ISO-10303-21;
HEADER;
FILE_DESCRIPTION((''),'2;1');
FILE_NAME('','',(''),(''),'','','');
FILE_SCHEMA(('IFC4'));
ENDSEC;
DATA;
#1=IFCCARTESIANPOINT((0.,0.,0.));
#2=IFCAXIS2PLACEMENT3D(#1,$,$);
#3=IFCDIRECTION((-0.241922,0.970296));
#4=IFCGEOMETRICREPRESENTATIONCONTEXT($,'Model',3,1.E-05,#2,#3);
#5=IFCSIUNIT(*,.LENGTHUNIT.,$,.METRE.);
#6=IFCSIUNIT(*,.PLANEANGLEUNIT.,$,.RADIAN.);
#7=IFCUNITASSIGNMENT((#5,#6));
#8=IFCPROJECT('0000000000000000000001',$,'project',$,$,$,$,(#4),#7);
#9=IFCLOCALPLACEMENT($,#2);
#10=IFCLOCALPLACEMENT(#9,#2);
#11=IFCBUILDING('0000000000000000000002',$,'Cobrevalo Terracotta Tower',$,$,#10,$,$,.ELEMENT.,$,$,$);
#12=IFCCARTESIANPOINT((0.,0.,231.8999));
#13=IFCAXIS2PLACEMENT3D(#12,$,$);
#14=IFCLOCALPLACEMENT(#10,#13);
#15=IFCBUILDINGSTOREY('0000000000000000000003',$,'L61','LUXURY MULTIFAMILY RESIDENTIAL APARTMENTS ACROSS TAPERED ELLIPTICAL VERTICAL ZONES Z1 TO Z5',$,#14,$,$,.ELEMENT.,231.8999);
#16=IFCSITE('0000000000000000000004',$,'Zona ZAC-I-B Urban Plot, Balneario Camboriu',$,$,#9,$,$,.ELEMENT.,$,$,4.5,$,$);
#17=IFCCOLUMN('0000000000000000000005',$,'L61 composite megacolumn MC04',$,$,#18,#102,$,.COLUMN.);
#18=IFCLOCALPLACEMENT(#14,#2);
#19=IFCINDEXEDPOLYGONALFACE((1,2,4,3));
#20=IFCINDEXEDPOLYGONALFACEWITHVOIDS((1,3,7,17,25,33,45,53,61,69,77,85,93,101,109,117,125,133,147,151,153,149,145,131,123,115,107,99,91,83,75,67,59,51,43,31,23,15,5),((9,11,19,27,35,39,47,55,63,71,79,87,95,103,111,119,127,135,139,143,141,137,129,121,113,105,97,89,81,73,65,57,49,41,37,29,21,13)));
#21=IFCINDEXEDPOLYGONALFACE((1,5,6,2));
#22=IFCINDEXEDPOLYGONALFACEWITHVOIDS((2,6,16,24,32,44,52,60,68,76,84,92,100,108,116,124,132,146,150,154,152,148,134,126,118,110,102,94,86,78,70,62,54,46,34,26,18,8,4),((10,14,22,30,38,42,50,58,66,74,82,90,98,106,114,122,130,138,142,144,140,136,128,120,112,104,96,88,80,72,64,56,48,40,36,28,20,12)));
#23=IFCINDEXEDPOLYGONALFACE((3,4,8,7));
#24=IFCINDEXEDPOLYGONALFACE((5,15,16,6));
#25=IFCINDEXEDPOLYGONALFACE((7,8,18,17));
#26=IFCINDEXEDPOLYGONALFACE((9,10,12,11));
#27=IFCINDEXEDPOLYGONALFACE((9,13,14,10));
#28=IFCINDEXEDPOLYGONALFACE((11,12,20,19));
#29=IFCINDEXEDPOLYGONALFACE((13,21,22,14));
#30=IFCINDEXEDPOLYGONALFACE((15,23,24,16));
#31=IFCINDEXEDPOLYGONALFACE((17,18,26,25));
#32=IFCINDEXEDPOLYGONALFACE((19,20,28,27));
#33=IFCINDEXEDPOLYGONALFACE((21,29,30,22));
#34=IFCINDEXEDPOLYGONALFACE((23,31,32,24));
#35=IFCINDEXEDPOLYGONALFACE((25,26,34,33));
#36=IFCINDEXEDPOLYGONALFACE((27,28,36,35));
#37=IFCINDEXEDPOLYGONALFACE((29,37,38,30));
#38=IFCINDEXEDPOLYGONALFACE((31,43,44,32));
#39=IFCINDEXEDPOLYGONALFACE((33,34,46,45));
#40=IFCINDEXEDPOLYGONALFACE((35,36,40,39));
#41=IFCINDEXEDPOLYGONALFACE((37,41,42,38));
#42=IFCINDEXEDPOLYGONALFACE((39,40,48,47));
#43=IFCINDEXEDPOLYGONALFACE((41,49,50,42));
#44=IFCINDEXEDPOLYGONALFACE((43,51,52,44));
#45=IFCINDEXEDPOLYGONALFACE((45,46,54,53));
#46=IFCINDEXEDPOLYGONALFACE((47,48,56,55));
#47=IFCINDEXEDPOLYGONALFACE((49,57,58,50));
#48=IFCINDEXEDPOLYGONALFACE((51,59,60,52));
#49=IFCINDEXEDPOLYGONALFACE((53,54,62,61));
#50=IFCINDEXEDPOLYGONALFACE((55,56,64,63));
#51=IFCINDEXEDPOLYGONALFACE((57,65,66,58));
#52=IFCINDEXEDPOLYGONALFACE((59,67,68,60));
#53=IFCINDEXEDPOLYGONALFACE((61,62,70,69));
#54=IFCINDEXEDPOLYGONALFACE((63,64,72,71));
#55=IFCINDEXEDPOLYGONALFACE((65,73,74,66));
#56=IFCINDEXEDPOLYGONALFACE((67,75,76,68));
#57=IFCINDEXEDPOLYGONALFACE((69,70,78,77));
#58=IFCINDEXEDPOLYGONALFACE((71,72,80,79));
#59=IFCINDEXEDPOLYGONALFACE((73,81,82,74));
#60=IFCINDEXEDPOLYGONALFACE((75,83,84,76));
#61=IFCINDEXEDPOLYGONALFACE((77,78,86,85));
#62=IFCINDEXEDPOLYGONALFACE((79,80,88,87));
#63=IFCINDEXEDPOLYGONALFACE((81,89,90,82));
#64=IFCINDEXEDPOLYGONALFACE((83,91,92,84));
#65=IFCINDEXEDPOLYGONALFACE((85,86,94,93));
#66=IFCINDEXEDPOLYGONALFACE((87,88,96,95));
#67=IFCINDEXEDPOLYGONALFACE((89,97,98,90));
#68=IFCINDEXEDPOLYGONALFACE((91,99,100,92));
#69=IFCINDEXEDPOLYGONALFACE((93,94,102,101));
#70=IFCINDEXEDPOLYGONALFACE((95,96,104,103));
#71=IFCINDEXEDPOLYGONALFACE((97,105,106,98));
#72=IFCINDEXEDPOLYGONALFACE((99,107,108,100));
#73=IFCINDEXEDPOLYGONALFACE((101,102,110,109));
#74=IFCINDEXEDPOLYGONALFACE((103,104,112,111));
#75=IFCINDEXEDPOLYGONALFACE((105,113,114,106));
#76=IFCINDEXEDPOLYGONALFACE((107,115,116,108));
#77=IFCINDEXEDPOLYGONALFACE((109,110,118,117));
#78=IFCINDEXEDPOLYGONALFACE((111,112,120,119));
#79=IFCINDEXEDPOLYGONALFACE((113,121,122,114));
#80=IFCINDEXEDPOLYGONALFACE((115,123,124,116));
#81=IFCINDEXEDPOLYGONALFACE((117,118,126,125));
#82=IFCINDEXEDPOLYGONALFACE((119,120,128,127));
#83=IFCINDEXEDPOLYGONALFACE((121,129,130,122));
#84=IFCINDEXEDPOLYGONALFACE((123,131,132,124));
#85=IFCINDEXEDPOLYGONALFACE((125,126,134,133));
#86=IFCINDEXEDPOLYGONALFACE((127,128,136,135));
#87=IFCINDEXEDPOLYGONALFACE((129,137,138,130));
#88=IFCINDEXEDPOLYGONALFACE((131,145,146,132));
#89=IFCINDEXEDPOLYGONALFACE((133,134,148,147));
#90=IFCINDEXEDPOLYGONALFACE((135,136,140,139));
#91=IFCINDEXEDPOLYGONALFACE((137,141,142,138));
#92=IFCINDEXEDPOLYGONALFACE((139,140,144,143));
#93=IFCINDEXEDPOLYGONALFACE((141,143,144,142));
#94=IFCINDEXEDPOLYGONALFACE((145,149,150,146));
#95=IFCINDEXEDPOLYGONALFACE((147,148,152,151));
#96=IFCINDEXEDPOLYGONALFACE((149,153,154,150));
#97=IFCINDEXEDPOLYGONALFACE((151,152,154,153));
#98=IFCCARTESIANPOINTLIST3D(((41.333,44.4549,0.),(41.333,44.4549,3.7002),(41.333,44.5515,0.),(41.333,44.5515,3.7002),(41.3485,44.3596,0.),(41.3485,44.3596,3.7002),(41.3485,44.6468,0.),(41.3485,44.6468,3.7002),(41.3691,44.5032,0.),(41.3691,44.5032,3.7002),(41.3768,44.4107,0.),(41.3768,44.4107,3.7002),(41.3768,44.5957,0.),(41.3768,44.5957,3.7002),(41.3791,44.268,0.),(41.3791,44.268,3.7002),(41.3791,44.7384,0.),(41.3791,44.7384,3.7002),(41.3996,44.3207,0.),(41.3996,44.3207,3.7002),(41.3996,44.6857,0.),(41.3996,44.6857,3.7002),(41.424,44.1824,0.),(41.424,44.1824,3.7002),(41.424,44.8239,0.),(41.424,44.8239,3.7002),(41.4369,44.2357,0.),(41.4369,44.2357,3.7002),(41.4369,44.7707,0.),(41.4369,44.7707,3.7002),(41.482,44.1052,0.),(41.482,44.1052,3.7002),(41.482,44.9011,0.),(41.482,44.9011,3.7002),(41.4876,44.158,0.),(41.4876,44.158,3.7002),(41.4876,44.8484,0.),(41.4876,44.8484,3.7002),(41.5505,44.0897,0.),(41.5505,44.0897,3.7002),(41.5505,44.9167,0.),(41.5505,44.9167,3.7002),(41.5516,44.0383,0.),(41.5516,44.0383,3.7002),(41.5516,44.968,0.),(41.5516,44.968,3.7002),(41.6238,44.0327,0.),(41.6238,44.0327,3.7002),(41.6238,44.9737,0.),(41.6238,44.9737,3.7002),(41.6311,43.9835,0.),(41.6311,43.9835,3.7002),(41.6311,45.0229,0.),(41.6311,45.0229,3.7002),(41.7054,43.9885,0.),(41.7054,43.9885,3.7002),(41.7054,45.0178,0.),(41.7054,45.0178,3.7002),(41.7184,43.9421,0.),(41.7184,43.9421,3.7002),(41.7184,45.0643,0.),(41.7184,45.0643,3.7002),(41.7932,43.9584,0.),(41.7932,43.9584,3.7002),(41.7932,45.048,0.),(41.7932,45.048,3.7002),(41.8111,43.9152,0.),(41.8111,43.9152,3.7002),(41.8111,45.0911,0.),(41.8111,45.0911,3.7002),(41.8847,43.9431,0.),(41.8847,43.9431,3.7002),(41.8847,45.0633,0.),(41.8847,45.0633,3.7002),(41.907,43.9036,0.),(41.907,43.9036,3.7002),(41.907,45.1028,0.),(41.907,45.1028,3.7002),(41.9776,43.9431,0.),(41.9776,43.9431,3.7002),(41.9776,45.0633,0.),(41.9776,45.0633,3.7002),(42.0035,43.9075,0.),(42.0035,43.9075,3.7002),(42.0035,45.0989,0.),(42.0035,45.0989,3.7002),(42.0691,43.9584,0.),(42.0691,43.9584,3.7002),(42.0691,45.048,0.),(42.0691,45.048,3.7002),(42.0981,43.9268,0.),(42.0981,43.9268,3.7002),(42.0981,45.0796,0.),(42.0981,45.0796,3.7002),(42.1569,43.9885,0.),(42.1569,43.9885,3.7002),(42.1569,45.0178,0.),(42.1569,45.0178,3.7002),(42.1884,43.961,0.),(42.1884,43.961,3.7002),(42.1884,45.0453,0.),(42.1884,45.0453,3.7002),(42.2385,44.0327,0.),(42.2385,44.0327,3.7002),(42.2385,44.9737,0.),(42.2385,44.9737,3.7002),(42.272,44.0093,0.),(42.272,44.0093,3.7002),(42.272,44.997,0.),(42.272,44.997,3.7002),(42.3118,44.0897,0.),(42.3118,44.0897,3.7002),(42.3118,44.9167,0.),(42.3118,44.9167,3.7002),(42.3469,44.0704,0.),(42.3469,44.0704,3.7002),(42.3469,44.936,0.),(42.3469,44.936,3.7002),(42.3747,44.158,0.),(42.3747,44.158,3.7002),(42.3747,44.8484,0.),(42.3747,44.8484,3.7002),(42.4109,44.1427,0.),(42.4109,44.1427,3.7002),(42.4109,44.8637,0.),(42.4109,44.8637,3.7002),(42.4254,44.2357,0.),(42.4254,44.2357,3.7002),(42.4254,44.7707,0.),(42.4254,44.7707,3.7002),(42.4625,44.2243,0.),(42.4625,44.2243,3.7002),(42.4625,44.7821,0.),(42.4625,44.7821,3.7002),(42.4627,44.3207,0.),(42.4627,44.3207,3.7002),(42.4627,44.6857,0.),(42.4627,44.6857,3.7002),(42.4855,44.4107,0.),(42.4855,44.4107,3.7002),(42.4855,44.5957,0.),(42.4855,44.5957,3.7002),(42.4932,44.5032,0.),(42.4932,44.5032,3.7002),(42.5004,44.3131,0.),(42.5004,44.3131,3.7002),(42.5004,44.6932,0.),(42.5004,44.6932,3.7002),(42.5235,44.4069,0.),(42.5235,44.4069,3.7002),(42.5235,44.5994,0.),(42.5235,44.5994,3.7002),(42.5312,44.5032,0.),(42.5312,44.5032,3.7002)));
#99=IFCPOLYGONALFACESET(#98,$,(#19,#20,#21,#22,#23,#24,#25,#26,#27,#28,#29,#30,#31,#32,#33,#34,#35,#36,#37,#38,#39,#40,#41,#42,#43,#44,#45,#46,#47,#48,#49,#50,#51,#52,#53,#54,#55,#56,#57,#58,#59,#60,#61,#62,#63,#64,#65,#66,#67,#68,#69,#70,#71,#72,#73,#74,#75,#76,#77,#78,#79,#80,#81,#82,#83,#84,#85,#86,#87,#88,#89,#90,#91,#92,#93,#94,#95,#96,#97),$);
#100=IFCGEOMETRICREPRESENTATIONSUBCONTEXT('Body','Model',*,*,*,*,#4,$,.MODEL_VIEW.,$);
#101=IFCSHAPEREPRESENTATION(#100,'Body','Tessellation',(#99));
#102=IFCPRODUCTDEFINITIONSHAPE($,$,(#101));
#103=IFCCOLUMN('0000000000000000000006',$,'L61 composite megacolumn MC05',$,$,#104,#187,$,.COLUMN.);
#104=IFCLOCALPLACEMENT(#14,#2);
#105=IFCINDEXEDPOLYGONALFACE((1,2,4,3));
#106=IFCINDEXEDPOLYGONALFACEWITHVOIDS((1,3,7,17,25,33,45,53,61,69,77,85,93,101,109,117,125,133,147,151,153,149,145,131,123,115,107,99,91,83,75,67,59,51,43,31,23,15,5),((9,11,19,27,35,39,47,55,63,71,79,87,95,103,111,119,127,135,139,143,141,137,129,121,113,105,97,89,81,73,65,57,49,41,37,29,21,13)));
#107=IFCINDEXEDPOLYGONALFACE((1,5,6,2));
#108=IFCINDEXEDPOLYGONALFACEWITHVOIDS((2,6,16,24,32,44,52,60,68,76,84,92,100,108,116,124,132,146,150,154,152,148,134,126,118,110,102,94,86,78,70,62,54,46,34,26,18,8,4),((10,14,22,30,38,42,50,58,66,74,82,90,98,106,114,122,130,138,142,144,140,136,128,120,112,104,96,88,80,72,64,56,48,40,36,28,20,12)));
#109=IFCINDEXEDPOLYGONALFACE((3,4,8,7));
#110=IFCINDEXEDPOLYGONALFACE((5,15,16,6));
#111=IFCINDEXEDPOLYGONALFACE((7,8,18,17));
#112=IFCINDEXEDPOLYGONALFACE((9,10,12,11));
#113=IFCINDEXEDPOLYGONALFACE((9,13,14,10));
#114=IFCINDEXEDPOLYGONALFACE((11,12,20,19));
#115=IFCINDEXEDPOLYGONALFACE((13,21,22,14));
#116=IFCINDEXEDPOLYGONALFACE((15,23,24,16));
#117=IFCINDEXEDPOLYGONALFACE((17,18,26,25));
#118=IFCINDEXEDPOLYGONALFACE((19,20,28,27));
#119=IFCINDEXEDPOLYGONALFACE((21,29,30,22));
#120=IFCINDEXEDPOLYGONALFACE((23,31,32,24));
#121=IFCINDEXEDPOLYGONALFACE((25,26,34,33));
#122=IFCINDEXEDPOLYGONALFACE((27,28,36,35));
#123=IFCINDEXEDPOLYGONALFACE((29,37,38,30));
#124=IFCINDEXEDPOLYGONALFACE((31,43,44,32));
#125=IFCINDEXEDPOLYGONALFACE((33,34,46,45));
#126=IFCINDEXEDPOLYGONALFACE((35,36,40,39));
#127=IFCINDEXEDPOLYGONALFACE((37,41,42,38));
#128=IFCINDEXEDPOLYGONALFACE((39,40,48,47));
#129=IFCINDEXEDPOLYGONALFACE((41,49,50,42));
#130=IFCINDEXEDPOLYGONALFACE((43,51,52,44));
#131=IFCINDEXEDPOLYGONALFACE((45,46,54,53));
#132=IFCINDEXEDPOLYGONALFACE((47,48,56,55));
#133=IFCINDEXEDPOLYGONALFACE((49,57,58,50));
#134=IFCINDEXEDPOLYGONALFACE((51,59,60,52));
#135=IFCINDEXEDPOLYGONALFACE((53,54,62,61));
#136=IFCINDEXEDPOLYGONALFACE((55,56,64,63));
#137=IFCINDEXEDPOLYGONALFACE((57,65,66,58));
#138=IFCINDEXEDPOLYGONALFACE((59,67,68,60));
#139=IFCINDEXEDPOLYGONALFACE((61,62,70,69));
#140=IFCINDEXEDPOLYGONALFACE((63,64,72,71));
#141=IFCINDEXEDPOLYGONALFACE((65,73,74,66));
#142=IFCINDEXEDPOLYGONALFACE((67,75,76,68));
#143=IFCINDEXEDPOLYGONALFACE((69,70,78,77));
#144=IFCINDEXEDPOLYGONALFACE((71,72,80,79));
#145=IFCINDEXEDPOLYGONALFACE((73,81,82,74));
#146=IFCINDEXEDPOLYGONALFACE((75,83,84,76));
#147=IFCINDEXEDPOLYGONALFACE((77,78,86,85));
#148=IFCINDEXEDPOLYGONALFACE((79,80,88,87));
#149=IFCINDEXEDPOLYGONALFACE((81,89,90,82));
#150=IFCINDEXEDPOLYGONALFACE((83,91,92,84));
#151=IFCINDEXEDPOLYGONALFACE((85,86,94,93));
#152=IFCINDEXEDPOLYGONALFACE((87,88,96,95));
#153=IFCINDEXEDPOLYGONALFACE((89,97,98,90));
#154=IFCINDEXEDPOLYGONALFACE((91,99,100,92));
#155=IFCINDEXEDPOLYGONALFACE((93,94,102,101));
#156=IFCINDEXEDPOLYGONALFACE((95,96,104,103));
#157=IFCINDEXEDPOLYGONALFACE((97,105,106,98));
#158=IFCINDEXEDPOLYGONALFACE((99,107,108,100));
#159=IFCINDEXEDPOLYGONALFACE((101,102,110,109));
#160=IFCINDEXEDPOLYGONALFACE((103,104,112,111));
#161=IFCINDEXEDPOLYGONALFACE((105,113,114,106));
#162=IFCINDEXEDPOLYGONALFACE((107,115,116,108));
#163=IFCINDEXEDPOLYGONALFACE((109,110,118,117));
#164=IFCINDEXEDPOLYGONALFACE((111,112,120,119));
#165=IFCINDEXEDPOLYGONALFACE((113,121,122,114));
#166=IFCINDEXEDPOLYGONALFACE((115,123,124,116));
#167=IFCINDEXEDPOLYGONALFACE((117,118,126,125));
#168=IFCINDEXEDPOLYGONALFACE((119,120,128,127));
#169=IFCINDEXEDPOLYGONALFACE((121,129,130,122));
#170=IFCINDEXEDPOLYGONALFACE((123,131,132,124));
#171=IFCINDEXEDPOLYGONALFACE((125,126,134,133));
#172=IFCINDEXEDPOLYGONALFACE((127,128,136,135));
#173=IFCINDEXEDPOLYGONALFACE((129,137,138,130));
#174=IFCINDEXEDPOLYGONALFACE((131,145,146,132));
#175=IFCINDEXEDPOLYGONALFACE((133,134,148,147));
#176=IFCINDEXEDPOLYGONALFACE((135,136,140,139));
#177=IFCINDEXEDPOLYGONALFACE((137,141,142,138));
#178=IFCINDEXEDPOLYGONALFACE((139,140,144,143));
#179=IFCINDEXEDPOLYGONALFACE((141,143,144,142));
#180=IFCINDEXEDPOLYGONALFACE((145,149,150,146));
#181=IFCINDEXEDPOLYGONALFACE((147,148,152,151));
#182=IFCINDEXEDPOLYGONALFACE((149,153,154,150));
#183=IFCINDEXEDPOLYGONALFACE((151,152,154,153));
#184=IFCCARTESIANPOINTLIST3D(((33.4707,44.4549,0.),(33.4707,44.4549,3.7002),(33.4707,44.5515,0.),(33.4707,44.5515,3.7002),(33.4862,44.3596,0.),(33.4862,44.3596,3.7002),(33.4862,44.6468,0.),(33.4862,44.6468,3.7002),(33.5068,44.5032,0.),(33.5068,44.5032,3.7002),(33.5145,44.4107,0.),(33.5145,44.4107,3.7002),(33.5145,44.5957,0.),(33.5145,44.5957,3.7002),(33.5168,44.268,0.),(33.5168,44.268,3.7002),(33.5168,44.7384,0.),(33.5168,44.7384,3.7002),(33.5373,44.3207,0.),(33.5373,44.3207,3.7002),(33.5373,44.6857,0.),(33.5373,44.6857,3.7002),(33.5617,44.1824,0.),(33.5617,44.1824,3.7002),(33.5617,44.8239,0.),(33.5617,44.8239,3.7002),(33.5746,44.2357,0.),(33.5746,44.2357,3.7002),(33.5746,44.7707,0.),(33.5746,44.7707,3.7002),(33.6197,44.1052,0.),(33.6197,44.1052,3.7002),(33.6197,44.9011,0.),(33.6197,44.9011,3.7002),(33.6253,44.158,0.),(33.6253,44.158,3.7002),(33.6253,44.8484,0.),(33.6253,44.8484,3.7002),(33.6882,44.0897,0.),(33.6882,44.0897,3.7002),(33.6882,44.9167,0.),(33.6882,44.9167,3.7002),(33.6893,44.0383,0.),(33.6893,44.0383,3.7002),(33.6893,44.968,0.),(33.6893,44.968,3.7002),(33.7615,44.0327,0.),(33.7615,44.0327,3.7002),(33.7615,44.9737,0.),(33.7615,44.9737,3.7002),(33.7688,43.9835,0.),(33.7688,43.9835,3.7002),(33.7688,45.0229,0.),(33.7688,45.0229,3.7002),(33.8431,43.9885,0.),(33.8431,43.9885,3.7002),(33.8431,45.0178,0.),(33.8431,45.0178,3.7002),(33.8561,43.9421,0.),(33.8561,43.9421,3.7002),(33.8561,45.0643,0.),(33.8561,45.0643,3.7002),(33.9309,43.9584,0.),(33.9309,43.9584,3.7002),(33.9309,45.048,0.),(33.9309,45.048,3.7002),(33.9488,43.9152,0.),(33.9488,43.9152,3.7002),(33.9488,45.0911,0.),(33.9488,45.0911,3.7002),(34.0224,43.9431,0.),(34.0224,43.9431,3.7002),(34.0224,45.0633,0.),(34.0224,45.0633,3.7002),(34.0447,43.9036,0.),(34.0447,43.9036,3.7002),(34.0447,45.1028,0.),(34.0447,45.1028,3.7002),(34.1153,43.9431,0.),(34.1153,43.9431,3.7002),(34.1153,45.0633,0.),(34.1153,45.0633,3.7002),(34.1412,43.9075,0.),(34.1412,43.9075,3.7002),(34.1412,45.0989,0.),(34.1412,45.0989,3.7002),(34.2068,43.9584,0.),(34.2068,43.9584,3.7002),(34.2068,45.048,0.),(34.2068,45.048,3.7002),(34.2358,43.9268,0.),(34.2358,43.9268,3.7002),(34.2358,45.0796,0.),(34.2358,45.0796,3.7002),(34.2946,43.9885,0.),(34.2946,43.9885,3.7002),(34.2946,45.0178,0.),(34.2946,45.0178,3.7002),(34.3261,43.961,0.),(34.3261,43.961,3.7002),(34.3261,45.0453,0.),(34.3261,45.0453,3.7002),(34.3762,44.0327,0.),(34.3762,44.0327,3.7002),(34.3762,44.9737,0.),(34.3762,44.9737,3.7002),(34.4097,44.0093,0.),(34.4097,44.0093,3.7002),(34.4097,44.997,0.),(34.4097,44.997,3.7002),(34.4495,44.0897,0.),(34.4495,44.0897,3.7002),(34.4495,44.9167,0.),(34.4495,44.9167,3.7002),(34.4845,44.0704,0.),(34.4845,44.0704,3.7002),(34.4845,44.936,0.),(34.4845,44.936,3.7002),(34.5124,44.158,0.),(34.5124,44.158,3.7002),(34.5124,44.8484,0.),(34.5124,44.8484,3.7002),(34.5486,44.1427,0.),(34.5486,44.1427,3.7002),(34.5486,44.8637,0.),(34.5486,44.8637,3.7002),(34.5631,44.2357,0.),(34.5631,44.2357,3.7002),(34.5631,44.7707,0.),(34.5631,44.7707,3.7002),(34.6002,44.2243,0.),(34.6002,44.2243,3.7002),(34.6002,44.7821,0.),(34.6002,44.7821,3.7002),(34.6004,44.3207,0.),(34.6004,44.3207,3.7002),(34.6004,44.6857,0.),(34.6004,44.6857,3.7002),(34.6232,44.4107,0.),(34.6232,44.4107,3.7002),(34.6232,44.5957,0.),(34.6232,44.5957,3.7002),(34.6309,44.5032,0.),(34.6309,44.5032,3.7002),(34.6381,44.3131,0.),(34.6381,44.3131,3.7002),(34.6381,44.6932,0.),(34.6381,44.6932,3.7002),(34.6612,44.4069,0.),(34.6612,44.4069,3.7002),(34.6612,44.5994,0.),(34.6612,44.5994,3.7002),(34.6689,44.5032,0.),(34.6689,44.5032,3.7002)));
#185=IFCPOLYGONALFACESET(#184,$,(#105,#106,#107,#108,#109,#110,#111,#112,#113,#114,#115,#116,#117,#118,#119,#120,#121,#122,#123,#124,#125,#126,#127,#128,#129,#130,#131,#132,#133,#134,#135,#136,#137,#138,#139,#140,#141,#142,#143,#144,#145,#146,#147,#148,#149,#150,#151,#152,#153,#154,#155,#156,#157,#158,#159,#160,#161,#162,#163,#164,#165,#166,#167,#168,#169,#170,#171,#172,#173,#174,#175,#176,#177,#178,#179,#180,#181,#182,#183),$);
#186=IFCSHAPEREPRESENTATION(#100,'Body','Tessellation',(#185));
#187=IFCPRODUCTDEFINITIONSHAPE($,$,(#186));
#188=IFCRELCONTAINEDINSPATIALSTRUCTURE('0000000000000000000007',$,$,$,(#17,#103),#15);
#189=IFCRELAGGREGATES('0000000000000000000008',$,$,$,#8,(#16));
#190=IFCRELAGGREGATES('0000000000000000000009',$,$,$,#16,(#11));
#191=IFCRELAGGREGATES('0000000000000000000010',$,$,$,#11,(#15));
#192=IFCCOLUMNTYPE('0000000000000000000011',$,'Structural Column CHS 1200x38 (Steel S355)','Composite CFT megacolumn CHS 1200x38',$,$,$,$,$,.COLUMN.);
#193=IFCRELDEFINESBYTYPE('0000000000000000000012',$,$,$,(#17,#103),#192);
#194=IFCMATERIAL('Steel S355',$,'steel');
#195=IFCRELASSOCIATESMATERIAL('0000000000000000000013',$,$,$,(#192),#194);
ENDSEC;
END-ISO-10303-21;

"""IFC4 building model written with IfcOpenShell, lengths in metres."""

from ifc_helpers import new_model, si_unit, direction, frame, origin, origin_2d, place, context, subcontext, project, spatial, hollow_circle, extrude, material, material_profile, profile_set, type_object, element, save


model = new_model("IFC4")

# Units and contexts
model_context = context("Model", 3, precision=1e-05, world=origin(), true_north=direction((-0.241922, 0.970296)))
body_context = subcontext(model_context, "Body", "Model", "MODEL_VIEW")
ifc_project = project(units=[si_unit("LENGTHUNIT", "METRE"), si_unit("PLANEANGLEUNIT", "RADIAN")], contexts=[model_context])

# Site, building, storey
site_placement = place(None, origin())
site = spatial("IfcSite", under=ifc_project, at=site_placement, Name="Zona ZAC-I-B Urban Plot, Balneario Camboriu", CompositionType="ELEMENT", RefElevation=4.5)
building_placement = place(site_placement, origin())
building = spatial("IfcBuilding", under=site, at=building_placement, Name="Cobrevalo Terracotta Tower", CompositionType="ELEMENT")
storey_placement = place(building_placement, frame((0.0, 0.0, 231.8999)))
storey = spatial("IfcBuildingStorey", under=building, at=storey_placement, Name="L61", Description="LUXURY MULTIFAMILY RESIDENTIAL APARTMENTS ACROSS TAPERED ELLIPTICAL VERTICAL ZONES Z1 TO Z5", CompositionType="ELEMENT", Elevation=231.8999)

# Columns
ifc_material_1 = material(Name="Steel S355", Category="steel")
ifc_material_profile_1 = material_profile(ifc_material_1, hollow_circle(Radius=0.6001, WallThickness=0.0381, at=origin_2d()), Name="CHS 1200x38")
ifc_profile_set_1 = profile_set([ifc_material_profile_1], Name="Steel S355")
column_type = type_object("IfcColumnType", Name="Structural Column CHS 1200x38 (Steel S355)", Description="Composite CFT megacolumn CHS 1200x38", PredefinedType="COLUMN", material=ifc_profile_set_1)
for number, where, z_axis, x_axis, name in (
    (1, (41.9312, 44.5032, 0.0), (0.0, 0.0, 1.0), (1.0, 0.0, 0.0), "L61 composite megacolumn MC04"),
    (2, (34.0688, 44.5032, 0.0), (0.0, 0.0, 1.0), (1.0, 0.0, 0.0), "L61 composite megacolumn MC05"),
):
    element("IfcColumn", number, at=place(storey_placement, frame(where, z_axis=z_axis, x_axis=x_axis)), inside=storey, type_object=column_type, Name=name, PredefinedType="COLUMN", context=body_context, shape_type="SweptSolid", body=[
        extrude(hollow_circle(Radius=0.6001, WallThickness=0.0381, at=origin_2d()), origin(), (0.0, 0.0, 1.0), 3.7002),
    ])

save(model, "model.ifc")
